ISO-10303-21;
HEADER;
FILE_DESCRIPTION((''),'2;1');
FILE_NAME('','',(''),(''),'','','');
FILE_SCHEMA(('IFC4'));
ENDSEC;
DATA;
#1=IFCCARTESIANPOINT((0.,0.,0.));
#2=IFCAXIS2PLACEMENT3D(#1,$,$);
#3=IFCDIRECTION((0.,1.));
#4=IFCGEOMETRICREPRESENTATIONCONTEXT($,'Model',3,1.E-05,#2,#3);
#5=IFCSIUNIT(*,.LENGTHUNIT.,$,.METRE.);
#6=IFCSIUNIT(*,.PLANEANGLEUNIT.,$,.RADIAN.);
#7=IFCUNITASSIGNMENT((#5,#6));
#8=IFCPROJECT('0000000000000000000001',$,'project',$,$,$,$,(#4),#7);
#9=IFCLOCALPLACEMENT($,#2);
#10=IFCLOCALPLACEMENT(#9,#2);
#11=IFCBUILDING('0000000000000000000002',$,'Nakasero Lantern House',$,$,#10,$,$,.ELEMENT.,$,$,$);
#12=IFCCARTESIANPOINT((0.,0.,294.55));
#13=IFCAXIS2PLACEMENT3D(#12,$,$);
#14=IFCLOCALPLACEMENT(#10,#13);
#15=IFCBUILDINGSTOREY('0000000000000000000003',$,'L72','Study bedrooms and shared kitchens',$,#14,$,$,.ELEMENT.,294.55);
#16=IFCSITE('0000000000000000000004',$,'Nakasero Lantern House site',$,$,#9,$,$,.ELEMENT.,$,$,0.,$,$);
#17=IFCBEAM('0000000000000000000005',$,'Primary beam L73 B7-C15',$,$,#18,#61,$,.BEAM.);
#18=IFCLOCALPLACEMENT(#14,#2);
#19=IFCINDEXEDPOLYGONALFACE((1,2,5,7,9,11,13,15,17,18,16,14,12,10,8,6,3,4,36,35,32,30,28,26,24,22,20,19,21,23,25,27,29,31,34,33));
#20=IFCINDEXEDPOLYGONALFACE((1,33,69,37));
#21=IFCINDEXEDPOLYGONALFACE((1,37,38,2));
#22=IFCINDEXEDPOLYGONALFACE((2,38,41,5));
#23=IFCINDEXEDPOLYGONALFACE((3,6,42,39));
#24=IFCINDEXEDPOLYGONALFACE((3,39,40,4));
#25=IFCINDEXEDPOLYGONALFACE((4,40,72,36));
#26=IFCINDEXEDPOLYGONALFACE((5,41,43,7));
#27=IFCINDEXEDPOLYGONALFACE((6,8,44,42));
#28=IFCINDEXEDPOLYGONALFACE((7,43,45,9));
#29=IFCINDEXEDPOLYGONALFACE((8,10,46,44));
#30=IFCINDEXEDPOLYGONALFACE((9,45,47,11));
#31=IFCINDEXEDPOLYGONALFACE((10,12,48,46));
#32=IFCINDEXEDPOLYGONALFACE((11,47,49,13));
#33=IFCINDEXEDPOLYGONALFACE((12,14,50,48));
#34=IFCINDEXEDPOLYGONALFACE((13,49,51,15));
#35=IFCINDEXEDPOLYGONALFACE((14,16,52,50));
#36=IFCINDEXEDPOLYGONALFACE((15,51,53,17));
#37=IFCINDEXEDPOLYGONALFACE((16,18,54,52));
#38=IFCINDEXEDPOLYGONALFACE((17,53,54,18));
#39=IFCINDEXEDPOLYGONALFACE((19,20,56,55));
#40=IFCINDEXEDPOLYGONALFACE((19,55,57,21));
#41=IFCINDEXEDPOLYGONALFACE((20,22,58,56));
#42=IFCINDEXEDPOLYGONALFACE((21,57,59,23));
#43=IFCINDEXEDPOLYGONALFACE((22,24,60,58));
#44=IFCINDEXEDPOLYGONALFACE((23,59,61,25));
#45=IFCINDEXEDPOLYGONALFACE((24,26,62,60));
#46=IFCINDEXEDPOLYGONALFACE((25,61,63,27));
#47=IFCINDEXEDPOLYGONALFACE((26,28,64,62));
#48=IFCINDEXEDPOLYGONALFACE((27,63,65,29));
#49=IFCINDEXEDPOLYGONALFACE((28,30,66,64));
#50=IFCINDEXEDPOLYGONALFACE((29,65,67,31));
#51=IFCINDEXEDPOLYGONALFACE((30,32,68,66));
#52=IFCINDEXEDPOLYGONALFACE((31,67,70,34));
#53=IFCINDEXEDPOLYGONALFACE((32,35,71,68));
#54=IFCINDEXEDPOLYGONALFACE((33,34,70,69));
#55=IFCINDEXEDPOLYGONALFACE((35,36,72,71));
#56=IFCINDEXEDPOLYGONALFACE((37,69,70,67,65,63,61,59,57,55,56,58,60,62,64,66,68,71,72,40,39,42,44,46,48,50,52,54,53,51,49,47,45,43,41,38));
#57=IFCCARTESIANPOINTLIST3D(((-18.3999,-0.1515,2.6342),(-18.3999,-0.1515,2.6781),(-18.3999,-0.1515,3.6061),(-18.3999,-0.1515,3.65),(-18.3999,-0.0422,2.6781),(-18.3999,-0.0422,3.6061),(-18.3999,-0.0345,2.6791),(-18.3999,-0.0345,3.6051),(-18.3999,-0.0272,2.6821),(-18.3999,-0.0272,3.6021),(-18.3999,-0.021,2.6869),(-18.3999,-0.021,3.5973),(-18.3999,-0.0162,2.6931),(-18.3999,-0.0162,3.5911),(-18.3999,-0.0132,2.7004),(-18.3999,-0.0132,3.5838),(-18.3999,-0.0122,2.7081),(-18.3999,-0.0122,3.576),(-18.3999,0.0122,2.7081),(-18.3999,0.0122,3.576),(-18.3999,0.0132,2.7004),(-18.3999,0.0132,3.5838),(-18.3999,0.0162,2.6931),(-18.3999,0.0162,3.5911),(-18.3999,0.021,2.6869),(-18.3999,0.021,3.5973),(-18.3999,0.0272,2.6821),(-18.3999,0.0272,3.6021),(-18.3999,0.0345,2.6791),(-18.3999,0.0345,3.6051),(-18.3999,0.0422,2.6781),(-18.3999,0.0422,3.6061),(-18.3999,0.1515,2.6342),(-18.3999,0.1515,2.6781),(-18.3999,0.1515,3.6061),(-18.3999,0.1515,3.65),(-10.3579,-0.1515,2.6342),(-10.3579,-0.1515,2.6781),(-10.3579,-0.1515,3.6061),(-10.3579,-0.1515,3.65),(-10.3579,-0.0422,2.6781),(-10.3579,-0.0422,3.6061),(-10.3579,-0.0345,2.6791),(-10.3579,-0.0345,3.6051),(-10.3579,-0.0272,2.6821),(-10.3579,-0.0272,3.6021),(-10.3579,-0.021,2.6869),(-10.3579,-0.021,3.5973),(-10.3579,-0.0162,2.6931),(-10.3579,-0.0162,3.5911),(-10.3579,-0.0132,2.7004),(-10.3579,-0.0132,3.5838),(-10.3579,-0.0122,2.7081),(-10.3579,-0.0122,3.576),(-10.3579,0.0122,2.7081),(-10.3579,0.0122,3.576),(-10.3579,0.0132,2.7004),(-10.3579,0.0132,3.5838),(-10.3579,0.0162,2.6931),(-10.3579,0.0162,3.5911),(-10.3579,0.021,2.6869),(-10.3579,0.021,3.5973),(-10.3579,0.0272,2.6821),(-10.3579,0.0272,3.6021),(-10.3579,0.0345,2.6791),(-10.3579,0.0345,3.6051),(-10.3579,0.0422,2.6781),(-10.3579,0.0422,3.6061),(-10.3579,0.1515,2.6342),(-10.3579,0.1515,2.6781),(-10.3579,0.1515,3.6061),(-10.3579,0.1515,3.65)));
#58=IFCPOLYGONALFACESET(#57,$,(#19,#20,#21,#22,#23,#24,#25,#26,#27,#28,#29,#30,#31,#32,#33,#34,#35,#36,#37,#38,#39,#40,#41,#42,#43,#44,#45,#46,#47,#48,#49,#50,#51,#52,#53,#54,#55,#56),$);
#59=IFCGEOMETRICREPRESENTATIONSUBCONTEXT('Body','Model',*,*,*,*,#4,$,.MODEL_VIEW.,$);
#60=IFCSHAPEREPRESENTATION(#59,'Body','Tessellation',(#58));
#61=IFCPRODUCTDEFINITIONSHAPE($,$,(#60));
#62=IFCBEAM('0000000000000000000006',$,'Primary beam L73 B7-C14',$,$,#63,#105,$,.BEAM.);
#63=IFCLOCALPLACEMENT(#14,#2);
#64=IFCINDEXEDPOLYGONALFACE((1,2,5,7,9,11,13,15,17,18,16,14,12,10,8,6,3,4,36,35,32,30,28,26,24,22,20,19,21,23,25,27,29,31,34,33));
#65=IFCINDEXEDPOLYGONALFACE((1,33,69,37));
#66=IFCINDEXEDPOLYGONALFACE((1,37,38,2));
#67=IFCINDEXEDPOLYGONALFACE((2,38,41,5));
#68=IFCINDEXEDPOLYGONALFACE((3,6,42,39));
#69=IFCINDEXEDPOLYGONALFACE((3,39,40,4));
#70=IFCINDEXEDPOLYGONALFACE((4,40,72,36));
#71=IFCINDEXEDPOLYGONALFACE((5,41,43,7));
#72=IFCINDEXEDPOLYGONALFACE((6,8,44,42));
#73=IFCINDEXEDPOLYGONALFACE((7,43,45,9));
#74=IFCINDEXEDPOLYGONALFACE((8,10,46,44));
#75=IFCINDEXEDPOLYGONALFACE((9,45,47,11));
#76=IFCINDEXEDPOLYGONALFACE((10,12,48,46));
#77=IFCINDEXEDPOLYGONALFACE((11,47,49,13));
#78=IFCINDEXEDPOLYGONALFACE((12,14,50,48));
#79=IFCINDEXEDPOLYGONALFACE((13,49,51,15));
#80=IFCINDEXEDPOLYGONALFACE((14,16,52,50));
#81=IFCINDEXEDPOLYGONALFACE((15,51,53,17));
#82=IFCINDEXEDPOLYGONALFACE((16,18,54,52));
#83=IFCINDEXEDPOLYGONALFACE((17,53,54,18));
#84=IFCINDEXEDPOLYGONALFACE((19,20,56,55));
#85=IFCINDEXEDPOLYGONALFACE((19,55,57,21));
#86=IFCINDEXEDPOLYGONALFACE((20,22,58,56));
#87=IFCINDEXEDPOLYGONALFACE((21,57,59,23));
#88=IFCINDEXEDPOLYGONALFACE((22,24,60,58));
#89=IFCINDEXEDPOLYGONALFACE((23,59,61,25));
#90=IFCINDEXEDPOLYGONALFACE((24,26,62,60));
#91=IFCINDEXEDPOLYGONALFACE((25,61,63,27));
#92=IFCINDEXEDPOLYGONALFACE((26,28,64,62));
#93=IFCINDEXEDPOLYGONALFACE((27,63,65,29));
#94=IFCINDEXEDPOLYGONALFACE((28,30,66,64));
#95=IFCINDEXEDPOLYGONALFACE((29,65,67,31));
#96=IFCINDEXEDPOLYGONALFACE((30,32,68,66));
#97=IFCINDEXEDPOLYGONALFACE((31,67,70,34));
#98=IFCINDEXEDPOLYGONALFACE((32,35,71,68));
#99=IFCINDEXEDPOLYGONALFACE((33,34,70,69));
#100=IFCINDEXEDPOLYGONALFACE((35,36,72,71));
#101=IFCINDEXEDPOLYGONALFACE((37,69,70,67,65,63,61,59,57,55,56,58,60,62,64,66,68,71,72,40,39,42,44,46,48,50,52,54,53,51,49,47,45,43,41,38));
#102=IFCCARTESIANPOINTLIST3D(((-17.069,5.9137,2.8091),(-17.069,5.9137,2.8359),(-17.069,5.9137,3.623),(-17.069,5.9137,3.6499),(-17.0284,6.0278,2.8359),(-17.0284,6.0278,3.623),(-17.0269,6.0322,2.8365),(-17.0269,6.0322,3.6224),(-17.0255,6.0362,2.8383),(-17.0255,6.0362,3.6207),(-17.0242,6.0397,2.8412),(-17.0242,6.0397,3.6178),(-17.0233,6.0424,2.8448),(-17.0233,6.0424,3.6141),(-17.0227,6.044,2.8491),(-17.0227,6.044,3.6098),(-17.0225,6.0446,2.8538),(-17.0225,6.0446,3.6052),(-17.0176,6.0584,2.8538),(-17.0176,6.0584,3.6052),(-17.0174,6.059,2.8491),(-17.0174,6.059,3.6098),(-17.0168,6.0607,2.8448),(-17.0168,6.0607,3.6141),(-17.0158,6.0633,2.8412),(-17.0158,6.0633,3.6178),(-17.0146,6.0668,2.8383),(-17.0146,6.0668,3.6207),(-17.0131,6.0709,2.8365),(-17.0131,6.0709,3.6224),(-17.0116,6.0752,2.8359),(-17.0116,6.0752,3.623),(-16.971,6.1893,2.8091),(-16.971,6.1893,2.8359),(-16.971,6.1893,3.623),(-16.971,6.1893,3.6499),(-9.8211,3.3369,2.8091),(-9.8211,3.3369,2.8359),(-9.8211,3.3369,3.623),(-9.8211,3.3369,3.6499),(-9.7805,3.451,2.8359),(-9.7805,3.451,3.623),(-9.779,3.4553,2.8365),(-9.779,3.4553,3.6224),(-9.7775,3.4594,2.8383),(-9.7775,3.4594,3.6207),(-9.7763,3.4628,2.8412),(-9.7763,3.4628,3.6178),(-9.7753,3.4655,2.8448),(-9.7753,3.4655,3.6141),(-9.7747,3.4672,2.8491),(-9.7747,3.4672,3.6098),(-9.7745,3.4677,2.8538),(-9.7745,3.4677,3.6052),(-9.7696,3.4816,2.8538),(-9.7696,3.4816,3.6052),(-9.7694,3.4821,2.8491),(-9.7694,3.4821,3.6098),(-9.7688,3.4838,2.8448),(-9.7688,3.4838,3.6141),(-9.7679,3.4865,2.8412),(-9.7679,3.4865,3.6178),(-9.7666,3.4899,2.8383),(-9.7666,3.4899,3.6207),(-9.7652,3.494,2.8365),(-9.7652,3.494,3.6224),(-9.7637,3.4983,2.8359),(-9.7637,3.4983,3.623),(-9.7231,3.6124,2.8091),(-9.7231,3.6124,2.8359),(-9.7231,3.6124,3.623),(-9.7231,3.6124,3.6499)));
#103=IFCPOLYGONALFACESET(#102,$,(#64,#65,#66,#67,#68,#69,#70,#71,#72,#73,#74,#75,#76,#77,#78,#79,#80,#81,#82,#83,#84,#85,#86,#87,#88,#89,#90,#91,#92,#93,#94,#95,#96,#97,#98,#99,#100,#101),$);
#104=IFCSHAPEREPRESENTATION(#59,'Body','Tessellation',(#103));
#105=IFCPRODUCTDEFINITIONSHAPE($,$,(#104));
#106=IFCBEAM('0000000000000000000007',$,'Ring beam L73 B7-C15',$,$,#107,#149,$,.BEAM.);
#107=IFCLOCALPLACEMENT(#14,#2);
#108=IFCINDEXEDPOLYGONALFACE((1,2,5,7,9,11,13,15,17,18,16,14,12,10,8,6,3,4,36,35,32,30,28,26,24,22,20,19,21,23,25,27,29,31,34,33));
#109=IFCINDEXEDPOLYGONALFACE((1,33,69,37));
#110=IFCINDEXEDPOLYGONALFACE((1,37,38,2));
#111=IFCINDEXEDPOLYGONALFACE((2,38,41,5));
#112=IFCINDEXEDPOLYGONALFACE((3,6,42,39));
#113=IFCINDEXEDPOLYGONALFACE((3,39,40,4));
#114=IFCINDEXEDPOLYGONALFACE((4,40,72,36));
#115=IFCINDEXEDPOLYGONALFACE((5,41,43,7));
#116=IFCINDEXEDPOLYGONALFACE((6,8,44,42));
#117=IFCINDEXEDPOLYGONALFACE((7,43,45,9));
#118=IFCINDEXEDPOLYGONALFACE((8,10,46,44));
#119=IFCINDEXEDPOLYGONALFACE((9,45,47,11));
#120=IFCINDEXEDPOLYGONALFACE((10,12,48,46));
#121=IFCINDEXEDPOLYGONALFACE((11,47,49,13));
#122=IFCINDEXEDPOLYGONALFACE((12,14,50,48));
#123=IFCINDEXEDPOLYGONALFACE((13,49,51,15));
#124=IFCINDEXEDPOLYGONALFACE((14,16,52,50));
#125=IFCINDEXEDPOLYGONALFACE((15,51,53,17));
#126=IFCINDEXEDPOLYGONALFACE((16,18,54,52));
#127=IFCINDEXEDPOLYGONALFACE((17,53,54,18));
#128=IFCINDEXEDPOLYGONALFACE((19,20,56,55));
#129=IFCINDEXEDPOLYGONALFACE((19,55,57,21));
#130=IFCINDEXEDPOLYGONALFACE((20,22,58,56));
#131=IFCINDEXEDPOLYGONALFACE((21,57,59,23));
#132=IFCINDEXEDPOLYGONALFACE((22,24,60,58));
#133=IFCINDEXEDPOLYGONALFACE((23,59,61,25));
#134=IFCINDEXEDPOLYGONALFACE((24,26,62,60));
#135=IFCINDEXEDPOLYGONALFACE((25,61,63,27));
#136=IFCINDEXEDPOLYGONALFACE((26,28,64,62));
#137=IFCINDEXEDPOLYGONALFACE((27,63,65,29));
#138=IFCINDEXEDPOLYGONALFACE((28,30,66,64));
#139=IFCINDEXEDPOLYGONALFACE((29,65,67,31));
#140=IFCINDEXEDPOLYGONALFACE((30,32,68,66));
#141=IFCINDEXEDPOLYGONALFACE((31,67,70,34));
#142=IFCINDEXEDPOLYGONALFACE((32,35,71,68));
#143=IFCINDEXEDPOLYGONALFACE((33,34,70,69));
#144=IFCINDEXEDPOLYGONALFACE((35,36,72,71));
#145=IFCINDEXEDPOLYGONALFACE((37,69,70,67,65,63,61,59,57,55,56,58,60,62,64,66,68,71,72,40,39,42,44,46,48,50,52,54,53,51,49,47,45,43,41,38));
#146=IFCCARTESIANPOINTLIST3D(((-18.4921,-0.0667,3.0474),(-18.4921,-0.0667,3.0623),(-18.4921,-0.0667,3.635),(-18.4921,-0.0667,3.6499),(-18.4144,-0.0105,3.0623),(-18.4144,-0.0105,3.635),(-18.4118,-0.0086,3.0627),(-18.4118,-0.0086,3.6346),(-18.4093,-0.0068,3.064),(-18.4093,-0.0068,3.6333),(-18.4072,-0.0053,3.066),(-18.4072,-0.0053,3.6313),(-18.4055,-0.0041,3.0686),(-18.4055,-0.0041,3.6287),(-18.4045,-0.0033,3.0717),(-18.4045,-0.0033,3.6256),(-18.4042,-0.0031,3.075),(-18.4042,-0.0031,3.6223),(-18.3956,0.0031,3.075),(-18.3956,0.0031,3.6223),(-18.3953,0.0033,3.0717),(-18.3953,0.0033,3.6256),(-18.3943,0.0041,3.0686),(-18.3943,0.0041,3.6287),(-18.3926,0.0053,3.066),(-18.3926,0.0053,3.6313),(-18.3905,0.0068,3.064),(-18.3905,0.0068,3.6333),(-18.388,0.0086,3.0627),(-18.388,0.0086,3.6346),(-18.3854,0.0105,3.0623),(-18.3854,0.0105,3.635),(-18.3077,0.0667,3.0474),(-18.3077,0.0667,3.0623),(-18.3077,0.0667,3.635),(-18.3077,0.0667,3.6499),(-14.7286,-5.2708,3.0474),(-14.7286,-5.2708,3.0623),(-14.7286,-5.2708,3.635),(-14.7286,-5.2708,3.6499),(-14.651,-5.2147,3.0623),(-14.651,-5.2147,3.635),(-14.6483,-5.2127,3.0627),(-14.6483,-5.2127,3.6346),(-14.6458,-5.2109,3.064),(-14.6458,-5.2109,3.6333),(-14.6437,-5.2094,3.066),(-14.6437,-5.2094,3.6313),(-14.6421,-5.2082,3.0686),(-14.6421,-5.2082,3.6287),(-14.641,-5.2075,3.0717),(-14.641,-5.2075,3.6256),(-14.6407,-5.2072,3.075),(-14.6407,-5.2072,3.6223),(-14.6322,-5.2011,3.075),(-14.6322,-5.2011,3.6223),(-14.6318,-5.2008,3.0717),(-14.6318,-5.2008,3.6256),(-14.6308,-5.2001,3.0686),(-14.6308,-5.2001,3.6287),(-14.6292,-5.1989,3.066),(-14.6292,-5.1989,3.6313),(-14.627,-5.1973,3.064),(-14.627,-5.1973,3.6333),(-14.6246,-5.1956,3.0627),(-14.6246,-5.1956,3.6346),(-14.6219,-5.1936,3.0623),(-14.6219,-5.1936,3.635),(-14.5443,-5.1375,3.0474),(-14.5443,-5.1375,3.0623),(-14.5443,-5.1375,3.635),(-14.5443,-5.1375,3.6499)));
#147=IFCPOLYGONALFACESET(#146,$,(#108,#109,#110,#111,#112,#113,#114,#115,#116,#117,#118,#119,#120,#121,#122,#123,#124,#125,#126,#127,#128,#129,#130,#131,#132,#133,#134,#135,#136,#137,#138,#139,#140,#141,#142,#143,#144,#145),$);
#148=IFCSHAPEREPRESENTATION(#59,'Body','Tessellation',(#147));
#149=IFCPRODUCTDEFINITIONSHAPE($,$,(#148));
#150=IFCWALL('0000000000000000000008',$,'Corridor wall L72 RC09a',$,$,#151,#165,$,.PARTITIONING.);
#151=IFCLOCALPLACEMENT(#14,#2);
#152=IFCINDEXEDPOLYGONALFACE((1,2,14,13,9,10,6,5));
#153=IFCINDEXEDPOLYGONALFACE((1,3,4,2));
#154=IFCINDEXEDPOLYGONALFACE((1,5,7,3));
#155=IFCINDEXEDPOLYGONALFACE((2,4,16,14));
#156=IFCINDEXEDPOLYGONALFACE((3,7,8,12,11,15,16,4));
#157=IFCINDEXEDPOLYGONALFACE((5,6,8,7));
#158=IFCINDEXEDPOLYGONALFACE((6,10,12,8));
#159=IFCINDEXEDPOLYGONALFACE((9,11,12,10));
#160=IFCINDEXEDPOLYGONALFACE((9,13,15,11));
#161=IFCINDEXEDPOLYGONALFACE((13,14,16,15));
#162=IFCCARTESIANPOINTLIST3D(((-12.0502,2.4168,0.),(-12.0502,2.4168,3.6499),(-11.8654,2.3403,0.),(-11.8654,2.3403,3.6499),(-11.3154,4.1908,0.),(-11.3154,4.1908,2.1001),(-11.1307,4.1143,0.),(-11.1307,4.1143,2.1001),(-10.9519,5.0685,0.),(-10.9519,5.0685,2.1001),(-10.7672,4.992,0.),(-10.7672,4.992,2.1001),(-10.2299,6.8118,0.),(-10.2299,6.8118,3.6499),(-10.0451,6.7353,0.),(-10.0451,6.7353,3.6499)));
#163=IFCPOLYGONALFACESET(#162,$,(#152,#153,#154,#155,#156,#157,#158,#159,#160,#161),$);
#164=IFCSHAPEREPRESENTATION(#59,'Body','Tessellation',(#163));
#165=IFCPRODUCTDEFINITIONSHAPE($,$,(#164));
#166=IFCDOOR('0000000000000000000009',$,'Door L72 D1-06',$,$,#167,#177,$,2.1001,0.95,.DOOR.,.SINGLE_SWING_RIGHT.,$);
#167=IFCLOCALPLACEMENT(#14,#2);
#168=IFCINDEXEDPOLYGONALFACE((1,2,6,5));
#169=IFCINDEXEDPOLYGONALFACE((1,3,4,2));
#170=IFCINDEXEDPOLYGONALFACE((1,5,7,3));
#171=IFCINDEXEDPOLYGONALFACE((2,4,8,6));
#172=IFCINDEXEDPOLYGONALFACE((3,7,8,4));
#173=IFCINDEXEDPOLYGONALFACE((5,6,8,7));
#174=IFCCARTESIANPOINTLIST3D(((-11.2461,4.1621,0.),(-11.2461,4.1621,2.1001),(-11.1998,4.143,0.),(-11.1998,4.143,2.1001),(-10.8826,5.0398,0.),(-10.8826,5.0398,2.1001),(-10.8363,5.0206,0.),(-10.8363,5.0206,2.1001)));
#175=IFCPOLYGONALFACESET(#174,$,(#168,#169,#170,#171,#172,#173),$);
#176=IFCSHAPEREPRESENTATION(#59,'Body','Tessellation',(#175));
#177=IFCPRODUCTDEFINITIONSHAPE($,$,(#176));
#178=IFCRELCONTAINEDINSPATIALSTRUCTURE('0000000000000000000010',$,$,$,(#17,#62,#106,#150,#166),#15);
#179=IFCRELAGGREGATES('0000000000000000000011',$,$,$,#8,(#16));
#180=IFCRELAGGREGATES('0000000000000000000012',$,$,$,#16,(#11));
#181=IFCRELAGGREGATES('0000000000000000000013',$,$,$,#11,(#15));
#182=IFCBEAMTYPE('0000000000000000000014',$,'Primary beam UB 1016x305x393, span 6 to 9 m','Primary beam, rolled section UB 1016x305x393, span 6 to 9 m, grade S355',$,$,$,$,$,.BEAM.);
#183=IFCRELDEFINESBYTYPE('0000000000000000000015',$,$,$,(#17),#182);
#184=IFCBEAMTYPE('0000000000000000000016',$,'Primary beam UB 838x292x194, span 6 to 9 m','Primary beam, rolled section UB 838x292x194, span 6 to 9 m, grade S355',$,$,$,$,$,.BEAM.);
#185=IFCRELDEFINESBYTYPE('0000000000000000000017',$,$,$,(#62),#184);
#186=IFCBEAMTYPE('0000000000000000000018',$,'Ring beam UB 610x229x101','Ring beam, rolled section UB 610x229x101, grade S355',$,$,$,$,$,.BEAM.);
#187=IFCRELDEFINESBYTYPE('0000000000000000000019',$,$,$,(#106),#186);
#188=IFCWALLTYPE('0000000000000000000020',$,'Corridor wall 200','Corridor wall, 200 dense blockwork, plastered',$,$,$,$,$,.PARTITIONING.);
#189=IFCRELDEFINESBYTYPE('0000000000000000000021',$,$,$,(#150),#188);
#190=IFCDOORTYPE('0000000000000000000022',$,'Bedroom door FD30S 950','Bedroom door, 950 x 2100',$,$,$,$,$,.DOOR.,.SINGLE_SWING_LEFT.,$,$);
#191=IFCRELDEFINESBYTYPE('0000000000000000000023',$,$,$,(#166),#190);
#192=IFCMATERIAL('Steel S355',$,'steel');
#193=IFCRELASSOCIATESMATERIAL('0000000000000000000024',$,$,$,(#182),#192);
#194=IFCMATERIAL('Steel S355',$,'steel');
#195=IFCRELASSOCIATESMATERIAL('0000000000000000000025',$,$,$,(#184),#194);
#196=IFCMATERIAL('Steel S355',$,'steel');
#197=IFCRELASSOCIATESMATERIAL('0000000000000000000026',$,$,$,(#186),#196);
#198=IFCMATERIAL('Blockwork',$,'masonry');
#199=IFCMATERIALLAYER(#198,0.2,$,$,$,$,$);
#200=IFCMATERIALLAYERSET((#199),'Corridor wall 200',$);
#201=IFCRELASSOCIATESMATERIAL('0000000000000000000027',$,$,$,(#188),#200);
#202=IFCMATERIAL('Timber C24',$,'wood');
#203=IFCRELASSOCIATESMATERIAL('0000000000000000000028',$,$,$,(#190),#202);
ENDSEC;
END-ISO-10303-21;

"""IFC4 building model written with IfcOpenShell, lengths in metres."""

from ifc_helpers import new_model, si_unit, direction, frame, frame_2d, origin, origin_2d, place, context, subcontext, project, spatial, rectangle, i_section, extrude, material, layer, layer_set, material_profile, profile_set, type_object, element, fill, save


model = new_model("IFC4")

# Units and contexts
model_context = context("Model", 3, precision=1e-05, world=origin(), true_north=direction((0.0, 1.0)))
body_context = subcontext(model_context, "Body", "Model", "MODEL_VIEW")
ifc_project = project(units=[si_unit("LENGTHUNIT", "METRE"), si_unit("PLANEANGLEUNIT", "RADIAN")], contexts=[model_context])

# Site, building, storey
site_placement = place(None, origin())
site = spatial("IfcSite", under=ifc_project, at=site_placement, Name="Nakasero Lantern House site", CompositionType="ELEMENT", RefElevation=0.0)
building_placement = place(site_placement, origin())
building = spatial("IfcBuilding", under=site, at=building_placement, Name="Nakasero Lantern House", CompositionType="ELEMENT")
storey_placement = place(building_placement, frame((0.0, 0.0, 294.55)))
storey = spatial("IfcBuildingStorey", under=building, at=storey_placement, Name="L72", Description="Study bedrooms and shared kitchens", CompositionType="ELEMENT", Elevation=294.55)

# Beams
ifc_material_1 = material(Name="Steel S355", Category="steel")
ifc_material_profile_1 = material_profile(ifc_material_1, i_section(OverallWidth=0.303, OverallDepth=1.0159, WebThickness=0.0244, FlangeThickness=0.0439, FilletRadius=0.03, at=origin_2d()), Name="UB 1016x305x393")
ifc_profile_set_1 = profile_set([ifc_material_profile_1], Name="Steel S355")
beam_type_1 = type_object("IfcBeamType", Name="Primary beam UB 1016x305x393, span 6 to 9 m", Description="Primary beam, rolled section UB 1016x305x393, span 6 to 9 m, grade S355", PredefinedType="BEAM", material=ifc_profile_set_1)
beam_1_placement = place(storey_placement, frame((-18.3999, 0.0, 3.1421), z_axis=(1.0, 0.0, 0.0), x_axis=(0.0, 1.0, 0.0)))
element("IfcBeam", 1, at=beam_1_placement, inside=storey, type_object=beam_type_1, Name="Primary beam L73 B7-C15", PredefinedType="BEAM", context=body_context, shape_type="SweptSolid", body=[
    extrude(i_section(OverallWidth=0.303, OverallDepth=1.0159, WebThickness=0.0244, FlangeThickness=0.0439, FilletRadius=0.03, at=origin_2d()), origin(), (0.0, 0.0, 1.0), 8.042),
])
ifc_material_2 = material(Name="Steel S355", Category="steel")
ifc_material_profile_2 = material_profile(ifc_material_2, i_section(OverallWidth=0.2925, OverallDepth=0.8408, WebThickness=0.0146, FlangeThickness=0.0269, FilletRadius=0.0178, at=origin_2d()), Name="UB 838x292x194")
ifc_profile_set_2 = profile_set([ifc_material_profile_2], Name="Steel S355")
beam_type_2 = type_object("IfcBeamType", Name="Primary beam UB 838x292x194, span 6 to 9 m", Description="Primary beam, rolled section UB 838x292x194, span 6 to 9 m, grade S355", PredefinedType="BEAM", material=ifc_profile_set_2)
beam_2_placement = place(storey_placement, frame((-17.02, 6.0515, 3.2295), z_axis=(0.942222, -0.334989, 0.0), x_axis=(0.334989, 0.942222, 0.0)))
element("IfcBeam", 2, at=beam_2_placement, inside=storey, type_object=beam_type_2, Name="Primary beam L73 B7-C14", PredefinedType="BEAM", context=body_context, shape_type="SweptSolid", body=[
    extrude(i_section(OverallWidth=0.2925, OverallDepth=0.8408, WebThickness=0.0146, FlangeThickness=0.0269, FilletRadius=0.0178, at=origin_2d()), origin(), (0.0, 0.0, 1.0), 7.6924),
])
ifc_material_3 = material(Name="Steel S355", Category="steel")
ifc_material_profile_3 = material_profile(ifc_material_3, i_section(OverallWidth=0.2275, OverallDepth=0.6025, WebThickness=0.0105, FlangeThickness=0.0149, FilletRadius=0.0127, at=origin_2d()), Name="UB 610x229x101")
ifc_profile_set_3 = profile_set([ifc_material_profile_3], Name="Steel S355")
beam_type_3 = type_object("IfcBeamType", Name="Ring beam UB 610x229x101", Description="Ring beam, rolled section UB 610x229x101, grade S355", PredefinedType="BEAM", material=ifc_profile_set_3)
beam_3_placement = place(storey_placement, frame((-18.3999, 0.0, 3.3486), z_axis=(0.585993, -0.810316, 0.0), x_axis=(0.810316, 0.585993, 0.0)))
element("IfcBeam", 3, at=beam_3_placement, inside=storey, type_object=beam_type_3, Name="Ring beam L73 B7-C15", PredefinedType="BEAM", context=body_context, shape_type="SweptSolid", body=[
    extrude(i_section(OverallWidth=0.2275, OverallDepth=0.6025, WebThickness=0.0105, FlangeThickness=0.0149, FilletRadius=0.0127, at=origin_2d()), origin(), (0.0, 0.0, 1.0), 6.4224),
])

# Wall, opening, door
ifc_material_4 = material(Name="Blockwork", Category="masonry")
ifc_layer_1 = layer(ifc_material_4, 0.2)
ifc_layer_set_1 = layer_set([ifc_layer_1], Name="Corridor wall 200")
wall_type_1 = type_object("IfcWallType", Name="Corridor wall 200", Description="Corridor wall, 200 dense blockwork, plastered", PredefinedType="PARTITIONING", material=ifc_layer_set_1)
wall_1_placement = place(storey_placement, frame((-11.9578, 2.3787, 0.0), z_axis=(0.0, 0.0, 1.0), x_axis=(0.382654, 0.923892, 0.0)))
wall_1 = element("IfcWall", 4, at=wall_1_placement, inside=storey, type_object=wall_type_1, Name="Corridor wall L72 RC09a", PredefinedType="PARTITIONING", context=body_context, shape_type="SweptSolid", body=[
    extrude(rectangle(XDim=4.7571, YDim=0.2, at=frame_2d((2.3784, 0.0))), origin(), (0.0, 0.0, 1.0), 3.6499),
])
opening_1_placement = place(wall_1_placement, frame((1.9199, 0.0, 0.0)))
opening_1 = element("IfcOpeningElement", 5, at=opening_1_placement, cuts=wall_1, PredefinedType="OPENING", context=body_context, shape_type="SweptSolid", body=[
    extrude(rectangle(XDim=0.95, YDim=2.1001, at=frame_2d((0.4751, 1.05))), frame((0.0, 0.1199, 0.0), z_axis=(0.0, -1.0, 0.0), x_axis=(1.0, 0.0, 0.0)), (0.0, 0.0, 1.0), 0.24),
])
ifc_material_5 = material(Name="Timber C24", Category="wood")
door_type_1 = type_object("IfcDoorType", Name="Bedroom door FD30S 950", Description="Bedroom door, 950 x 2100", OperationType="SINGLE_SWING_LEFT", PredefinedType="DOOR", material=ifc_material_5)
door_1_placement = place(opening_1_placement, origin())
door_1 = element("IfcDoor", 6, at=door_1_placement, inside=storey, type_object=door_type_1, Name="Door L72 D1-06", OperationType="SINGLE_SWING_RIGHT", OverallHeight=2.1001, OverallWidth=0.95, PredefinedType="DOOR", context=body_context, shape_type="SweptSolid", body=[
    extrude(rectangle(XDim=0.95, YDim=2.1001, at=frame_2d((0.4751, 1.05))), frame((0.0, 0.0249, 0.0), z_axis=(0.0, -1.0, 0.0), x_axis=(1.0, 0.0, 0.0)), (0.0, 0.0, 1.0), 0.05),
])
fill(opening_1, door_1)

save(model, "model.ifc")
